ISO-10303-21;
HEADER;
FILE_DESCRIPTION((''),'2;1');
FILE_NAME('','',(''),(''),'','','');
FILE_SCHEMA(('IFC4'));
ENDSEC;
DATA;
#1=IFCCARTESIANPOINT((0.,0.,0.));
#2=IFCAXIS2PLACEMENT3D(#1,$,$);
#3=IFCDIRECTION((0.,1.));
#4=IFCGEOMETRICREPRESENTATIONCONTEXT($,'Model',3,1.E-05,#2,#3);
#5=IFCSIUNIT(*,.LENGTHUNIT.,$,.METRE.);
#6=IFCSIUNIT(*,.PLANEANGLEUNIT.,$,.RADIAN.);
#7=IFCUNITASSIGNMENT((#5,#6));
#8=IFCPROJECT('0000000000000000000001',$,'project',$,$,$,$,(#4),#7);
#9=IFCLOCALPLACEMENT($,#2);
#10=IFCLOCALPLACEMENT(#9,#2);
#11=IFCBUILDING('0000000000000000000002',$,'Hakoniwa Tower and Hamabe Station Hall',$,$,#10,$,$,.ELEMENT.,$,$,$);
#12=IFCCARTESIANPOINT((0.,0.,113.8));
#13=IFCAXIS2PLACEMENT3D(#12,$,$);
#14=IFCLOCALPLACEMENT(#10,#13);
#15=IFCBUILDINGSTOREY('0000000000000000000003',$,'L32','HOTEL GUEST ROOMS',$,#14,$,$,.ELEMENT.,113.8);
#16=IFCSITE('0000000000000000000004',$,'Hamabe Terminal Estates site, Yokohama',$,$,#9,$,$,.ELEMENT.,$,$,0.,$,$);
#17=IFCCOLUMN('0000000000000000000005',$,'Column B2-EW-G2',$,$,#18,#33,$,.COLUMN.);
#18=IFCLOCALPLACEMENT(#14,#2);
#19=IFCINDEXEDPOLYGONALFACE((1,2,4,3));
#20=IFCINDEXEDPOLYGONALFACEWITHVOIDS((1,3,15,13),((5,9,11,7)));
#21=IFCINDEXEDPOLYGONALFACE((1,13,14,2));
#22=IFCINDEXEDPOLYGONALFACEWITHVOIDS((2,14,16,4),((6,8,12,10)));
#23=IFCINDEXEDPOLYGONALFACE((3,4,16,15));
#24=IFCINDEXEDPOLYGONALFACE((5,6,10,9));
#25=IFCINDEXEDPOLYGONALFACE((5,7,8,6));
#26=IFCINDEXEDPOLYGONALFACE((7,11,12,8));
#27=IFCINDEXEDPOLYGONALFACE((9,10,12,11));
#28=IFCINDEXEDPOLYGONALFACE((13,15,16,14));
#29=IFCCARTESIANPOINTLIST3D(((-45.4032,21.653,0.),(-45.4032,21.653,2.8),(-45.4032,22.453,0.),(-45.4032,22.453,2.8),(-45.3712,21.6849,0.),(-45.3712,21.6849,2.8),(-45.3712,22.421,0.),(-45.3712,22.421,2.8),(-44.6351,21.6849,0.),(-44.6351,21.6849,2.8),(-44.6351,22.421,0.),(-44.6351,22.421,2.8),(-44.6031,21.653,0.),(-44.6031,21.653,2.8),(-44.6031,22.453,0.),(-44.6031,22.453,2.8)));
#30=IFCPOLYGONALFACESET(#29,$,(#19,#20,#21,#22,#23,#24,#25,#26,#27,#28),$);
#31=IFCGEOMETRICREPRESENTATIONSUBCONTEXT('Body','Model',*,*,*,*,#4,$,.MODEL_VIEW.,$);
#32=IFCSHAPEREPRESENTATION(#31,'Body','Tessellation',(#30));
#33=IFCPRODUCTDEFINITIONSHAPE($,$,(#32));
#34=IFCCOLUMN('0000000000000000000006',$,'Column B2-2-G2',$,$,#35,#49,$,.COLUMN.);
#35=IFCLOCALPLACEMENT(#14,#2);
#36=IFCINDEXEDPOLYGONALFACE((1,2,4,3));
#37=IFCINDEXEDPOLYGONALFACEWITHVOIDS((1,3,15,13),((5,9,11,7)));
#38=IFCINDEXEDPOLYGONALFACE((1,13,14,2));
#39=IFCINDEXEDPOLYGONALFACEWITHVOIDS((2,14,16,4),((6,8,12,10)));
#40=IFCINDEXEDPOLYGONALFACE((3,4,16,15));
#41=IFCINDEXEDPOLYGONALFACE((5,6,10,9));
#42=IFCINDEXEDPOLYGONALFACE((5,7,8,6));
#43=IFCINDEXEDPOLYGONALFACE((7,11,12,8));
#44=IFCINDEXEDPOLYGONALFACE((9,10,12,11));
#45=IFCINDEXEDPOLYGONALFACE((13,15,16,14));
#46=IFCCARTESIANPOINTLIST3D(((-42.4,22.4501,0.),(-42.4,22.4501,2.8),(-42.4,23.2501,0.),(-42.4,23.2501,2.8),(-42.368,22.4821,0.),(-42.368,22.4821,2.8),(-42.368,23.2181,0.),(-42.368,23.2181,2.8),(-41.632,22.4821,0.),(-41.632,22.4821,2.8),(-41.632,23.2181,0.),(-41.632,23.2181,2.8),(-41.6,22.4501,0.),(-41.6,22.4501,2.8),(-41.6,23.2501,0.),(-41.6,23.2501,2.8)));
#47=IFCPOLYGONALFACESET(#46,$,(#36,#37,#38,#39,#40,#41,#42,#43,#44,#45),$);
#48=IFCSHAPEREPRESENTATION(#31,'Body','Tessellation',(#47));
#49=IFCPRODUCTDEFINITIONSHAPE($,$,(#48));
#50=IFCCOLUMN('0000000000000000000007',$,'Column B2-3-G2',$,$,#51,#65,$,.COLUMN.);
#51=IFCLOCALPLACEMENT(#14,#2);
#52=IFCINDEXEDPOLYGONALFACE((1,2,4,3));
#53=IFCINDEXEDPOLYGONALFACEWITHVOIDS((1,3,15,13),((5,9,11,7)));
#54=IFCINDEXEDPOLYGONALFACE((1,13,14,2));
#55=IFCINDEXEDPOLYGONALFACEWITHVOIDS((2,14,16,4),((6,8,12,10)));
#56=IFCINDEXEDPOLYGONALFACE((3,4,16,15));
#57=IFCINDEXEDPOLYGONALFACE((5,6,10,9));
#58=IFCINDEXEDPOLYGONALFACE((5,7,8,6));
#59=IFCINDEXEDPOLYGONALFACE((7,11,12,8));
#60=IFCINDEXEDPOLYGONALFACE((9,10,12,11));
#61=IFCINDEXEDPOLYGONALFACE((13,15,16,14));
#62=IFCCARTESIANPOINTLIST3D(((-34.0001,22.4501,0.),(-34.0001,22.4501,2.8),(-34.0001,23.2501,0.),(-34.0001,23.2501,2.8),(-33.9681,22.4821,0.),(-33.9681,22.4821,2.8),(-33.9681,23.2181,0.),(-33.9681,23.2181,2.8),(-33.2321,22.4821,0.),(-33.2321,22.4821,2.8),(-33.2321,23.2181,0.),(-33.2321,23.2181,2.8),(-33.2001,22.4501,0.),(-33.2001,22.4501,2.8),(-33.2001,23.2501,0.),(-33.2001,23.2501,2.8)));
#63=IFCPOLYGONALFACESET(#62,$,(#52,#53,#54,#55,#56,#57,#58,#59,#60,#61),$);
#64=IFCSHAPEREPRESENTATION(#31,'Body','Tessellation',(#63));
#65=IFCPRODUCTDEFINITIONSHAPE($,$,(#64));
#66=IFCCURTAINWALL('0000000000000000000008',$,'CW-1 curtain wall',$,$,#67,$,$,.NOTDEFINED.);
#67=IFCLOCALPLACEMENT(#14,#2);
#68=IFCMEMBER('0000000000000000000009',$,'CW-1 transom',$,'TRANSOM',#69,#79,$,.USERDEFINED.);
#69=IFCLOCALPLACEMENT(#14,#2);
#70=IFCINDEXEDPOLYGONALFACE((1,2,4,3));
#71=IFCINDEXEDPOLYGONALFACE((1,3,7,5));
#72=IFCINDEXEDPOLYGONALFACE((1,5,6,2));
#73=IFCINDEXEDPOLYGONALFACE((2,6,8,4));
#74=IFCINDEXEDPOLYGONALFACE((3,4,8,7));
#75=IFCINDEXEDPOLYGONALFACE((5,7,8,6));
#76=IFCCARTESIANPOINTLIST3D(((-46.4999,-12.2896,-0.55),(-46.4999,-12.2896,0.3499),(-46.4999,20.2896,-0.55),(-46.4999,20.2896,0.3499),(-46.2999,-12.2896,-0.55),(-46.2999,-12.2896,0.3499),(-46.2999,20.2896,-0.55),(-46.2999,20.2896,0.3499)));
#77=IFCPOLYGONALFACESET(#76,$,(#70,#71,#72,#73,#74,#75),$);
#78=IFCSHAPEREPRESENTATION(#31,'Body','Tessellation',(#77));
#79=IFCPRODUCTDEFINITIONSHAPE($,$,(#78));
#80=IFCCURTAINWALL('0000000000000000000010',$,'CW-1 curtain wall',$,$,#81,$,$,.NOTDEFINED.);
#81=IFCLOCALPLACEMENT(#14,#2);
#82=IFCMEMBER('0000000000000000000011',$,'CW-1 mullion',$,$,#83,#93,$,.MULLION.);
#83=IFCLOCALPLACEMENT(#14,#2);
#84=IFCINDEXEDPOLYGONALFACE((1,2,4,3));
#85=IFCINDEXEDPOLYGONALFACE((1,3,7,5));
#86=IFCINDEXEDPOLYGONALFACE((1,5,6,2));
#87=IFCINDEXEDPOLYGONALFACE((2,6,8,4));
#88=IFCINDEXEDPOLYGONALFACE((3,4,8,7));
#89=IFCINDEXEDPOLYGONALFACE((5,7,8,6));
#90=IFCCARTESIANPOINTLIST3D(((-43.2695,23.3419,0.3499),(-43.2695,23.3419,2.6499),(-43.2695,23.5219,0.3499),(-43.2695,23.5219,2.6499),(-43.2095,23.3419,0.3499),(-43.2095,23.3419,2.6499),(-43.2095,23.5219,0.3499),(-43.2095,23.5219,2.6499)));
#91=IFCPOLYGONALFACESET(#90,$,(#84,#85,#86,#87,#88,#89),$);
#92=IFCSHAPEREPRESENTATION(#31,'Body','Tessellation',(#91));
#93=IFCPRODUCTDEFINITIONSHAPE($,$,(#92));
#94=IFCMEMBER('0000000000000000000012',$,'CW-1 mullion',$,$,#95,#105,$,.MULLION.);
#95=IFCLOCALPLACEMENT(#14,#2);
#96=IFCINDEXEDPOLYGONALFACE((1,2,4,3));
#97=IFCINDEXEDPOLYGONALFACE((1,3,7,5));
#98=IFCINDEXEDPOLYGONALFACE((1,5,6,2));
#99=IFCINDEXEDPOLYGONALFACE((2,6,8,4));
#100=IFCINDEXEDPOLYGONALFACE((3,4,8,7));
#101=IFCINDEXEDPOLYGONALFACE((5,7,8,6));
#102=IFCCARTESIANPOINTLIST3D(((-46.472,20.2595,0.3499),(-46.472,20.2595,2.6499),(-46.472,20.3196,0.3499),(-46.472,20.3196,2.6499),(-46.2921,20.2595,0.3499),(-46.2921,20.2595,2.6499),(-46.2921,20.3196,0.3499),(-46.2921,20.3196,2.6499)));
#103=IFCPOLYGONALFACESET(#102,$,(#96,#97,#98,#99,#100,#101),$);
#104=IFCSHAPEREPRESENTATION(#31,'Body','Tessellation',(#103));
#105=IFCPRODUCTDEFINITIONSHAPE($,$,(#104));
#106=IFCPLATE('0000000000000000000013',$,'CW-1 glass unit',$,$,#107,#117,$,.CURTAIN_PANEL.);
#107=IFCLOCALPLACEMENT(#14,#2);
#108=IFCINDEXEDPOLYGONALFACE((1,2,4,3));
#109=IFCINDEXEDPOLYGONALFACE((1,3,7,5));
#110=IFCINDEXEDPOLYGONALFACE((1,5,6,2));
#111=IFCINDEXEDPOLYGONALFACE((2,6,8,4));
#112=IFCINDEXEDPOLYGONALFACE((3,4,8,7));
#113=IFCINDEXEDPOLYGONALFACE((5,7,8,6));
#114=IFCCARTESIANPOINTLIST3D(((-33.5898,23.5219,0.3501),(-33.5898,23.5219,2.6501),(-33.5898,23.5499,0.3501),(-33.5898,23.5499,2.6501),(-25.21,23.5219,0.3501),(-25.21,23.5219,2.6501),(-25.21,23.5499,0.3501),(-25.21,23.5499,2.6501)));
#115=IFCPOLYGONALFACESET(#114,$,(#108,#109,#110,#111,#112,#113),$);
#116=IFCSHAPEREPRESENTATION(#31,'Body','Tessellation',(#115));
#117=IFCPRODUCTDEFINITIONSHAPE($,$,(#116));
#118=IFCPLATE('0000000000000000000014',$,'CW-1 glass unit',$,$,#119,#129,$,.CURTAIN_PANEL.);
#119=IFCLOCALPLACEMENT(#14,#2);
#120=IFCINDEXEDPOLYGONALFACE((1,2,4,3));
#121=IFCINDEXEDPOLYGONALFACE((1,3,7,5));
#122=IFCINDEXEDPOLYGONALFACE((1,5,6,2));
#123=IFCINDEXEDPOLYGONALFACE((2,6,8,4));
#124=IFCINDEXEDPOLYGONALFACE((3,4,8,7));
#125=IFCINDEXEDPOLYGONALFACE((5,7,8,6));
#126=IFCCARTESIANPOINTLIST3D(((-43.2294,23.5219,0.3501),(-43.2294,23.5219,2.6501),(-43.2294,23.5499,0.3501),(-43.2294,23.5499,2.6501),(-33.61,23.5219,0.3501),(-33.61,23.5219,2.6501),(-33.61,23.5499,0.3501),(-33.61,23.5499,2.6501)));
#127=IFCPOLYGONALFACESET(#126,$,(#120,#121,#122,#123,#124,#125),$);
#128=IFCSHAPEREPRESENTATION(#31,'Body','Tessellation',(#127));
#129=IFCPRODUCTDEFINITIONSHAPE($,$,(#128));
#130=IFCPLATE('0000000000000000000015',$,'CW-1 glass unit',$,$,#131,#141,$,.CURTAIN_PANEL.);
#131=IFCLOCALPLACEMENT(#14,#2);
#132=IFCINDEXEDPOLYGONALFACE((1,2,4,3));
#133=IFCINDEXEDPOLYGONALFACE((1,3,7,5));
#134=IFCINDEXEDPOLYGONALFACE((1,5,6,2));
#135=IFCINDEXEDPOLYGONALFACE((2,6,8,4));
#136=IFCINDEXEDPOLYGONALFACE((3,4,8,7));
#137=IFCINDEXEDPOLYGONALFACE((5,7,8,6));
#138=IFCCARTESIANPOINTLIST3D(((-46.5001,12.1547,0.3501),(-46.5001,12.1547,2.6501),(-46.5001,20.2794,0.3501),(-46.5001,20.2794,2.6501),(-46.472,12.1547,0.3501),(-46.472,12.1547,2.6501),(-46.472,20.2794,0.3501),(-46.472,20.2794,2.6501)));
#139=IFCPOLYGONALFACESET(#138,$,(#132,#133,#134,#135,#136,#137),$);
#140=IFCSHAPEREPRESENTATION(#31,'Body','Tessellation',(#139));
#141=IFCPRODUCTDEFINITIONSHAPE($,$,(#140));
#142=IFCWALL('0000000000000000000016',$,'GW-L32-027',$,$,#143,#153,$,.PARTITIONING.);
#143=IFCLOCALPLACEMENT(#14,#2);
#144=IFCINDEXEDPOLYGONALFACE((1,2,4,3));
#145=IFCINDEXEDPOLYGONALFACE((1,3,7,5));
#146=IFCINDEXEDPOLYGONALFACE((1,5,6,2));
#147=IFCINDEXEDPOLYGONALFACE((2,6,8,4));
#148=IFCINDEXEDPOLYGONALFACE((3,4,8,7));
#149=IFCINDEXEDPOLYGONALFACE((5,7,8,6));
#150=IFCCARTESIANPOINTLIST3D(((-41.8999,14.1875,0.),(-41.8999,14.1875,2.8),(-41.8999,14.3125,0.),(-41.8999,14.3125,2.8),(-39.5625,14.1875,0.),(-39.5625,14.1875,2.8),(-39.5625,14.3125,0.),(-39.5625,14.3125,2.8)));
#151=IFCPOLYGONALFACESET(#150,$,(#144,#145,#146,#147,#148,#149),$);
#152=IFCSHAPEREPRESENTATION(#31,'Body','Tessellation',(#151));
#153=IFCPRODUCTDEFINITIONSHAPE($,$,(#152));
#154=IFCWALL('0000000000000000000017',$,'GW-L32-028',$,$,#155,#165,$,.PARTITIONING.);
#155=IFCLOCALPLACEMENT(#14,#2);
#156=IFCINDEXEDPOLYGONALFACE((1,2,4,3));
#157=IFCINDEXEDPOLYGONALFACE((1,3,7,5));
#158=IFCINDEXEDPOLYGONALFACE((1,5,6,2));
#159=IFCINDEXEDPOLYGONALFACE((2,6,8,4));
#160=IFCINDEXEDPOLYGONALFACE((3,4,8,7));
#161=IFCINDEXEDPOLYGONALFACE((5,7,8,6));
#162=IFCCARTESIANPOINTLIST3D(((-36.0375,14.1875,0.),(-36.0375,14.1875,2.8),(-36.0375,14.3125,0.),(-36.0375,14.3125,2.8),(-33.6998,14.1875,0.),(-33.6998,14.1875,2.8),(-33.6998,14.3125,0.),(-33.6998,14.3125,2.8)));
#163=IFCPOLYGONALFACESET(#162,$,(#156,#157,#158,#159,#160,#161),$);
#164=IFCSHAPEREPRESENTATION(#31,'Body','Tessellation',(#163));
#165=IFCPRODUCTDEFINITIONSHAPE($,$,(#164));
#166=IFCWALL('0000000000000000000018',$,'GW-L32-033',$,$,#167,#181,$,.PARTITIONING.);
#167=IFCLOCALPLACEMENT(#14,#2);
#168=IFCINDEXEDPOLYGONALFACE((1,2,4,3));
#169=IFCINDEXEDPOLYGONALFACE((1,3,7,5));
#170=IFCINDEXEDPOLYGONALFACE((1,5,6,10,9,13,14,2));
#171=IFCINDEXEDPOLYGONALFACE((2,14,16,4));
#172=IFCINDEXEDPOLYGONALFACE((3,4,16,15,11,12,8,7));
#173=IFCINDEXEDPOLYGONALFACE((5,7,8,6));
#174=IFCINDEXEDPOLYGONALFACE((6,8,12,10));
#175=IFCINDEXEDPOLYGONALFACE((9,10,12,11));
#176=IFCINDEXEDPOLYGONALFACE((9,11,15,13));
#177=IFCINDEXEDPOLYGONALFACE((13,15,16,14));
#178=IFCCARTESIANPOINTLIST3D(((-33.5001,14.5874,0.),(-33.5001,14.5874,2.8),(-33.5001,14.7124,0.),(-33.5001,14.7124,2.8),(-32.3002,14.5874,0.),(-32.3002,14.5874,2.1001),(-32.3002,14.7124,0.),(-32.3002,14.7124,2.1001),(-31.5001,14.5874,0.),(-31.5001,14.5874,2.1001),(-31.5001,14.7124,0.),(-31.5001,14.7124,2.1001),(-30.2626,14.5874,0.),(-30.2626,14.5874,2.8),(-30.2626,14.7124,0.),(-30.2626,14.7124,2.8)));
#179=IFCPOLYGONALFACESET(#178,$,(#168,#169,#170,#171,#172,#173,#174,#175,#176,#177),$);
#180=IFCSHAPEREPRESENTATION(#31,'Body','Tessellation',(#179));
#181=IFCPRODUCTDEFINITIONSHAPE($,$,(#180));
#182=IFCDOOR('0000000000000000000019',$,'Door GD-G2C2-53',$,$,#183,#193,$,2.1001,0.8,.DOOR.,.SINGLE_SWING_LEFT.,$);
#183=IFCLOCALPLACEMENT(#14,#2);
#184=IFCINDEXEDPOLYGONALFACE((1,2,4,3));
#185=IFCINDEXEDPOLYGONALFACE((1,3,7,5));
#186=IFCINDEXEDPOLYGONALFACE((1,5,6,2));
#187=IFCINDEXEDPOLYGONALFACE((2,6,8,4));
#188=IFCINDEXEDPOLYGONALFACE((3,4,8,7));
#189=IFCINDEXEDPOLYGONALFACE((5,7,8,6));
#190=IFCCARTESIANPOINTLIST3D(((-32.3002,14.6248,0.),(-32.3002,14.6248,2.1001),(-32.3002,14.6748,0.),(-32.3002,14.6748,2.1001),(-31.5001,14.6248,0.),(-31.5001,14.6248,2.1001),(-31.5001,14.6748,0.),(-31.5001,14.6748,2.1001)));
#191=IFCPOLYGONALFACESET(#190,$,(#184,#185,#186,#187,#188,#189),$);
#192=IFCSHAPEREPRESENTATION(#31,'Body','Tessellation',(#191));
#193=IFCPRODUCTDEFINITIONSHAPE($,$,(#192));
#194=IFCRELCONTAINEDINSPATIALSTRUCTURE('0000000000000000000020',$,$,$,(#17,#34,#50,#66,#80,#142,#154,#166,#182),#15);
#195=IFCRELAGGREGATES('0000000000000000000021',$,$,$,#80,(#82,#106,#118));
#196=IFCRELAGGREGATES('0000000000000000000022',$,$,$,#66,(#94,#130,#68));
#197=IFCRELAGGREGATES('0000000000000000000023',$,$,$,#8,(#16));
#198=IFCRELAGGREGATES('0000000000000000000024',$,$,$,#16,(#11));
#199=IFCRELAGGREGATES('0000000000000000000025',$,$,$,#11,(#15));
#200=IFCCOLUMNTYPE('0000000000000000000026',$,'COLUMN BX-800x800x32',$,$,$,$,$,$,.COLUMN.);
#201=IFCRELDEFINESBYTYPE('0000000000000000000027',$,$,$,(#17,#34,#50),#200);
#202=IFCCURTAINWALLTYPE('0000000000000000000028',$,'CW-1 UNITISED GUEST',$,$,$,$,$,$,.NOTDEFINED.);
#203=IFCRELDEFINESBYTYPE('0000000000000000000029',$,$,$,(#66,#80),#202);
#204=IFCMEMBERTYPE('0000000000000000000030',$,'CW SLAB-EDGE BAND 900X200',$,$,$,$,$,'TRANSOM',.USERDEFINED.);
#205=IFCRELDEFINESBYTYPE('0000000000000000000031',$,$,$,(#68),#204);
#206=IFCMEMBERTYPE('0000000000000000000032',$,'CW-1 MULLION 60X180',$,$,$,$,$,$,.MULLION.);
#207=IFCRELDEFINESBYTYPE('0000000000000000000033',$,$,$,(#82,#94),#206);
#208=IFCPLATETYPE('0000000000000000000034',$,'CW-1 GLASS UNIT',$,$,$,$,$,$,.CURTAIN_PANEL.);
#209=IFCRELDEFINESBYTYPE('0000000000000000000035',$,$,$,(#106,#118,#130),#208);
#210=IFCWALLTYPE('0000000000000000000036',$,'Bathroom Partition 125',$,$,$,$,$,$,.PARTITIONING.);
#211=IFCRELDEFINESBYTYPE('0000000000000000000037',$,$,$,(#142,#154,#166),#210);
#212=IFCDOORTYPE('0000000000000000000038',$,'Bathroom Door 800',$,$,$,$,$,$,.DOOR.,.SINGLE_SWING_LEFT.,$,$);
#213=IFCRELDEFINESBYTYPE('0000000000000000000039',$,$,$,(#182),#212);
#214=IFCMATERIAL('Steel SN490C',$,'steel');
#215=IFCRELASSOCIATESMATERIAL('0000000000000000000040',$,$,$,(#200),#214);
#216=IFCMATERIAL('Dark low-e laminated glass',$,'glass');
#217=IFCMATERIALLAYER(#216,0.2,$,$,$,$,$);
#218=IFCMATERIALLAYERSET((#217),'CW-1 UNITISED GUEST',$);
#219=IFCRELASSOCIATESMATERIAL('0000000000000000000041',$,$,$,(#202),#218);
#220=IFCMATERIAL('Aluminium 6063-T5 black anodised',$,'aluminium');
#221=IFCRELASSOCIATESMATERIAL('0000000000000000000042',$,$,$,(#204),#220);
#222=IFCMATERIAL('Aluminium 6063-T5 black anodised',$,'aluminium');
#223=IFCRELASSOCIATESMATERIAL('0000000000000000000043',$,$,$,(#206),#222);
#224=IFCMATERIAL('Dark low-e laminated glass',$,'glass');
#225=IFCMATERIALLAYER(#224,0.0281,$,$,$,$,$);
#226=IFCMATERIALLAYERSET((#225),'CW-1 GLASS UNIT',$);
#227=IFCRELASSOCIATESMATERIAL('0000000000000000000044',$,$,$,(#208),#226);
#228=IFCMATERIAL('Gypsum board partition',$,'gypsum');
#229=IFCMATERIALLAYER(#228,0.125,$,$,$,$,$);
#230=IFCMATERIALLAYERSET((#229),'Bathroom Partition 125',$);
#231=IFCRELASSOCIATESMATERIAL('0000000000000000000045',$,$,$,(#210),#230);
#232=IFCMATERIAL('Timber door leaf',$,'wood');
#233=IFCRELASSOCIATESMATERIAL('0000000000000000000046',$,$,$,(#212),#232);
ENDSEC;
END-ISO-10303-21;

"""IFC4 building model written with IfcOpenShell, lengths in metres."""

from ifc_helpers import new_model, si_unit, direction, frame, frame_2d, origin, origin_2d, place, context, subcontext, project, spatial, rectangle, hollow_rectangle, extrude, material, layer, layer_set, material_profile, profile_set, type_object, element, fill, aggregate, save


model = new_model("IFC4")

# Units and contexts
model_context = context("Model", 3, precision=1e-05, world=origin(), true_north=direction((0.0, 1.0)))
body_context = subcontext(model_context, "Body", "Model", "MODEL_VIEW")
ifc_project = project(units=[si_unit("LENGTHUNIT", "METRE"), si_unit("PLANEANGLEUNIT", "RADIAN")], contexts=[model_context])

# Site, building, storey
site_placement = place(None, origin())
site = spatial("IfcSite", under=ifc_project, at=site_placement, Name="Hamabe Terminal Estates site, Yokohama", CompositionType="ELEMENT", RefElevation=0.0)
building_placement = place(site_placement, origin())
building = spatial("IfcBuilding", under=site, at=building_placement, Name="Hakoniwa Tower and Hamabe Station Hall", CompositionType="ELEMENT")
storey_placement = place(building_placement, frame((0.0, 0.0, 113.8)))
storey = spatial("IfcBuildingStorey", under=building, at=storey_placement, Name="L32", Description="HOTEL GUEST ROOMS", CompositionType="ELEMENT", Elevation=113.8)

# Columns
ifc_material_1 = material(Name="Steel SN490C", Category="steel")
ifc_material_profile_1 = material_profile(ifc_material_1, hollow_rectangle(XDim=0.8, YDim=0.8, WallThickness=0.032, at=origin_2d()), Name="BX-800x800x32")
ifc_profile_set_1 = profile_set([ifc_material_profile_1], Name="Steel SN490C")
column_type = type_object("IfcColumnType", Name="COLUMN BX-800x800x32", PredefinedType="COLUMN", material=ifc_profile_set_1)
for number, where, z_axis, x_axis, name in (
    (1, (-45.0032, 22.053, 0.0), (0.0, 0.0, 1.0), (1.0, 0.0, 0.0), "Column B2-EW-G2"),
    (2, (-42.0, 22.8501, 0.0), (0.0, 0.0, 1.0), (1.0, 0.0, 0.0), "Column B2-2-G2"),
    (3, (-33.6001, 22.8501, 0.0), (0.0, 0.0, 1.0), (1.0, 0.0, 0.0), "Column B2-3-G2"),
):
    element("IfcColumn", number, at=place(storey_placement, frame(where, z_axis=z_axis, x_axis=x_axis)), inside=storey, type_object=column_type, Name=name, PredefinedType="COLUMN", context=body_context, shape_type="SweptSolid", body=[
        extrude(hollow_rectangle(XDim=0.8, YDim=0.8, WallThickness=0.032, at=origin_2d()), origin(), (0.0, 0.0, 1.0), 2.8),
    ])

# Curtain walls, members
ifc_material_2 = material(Name="Dark low-e laminated glass", Category="glass")
ifc_layer_1 = layer(ifc_material_2, 0.2)
ifc_layer_set_1 = layer_set([ifc_layer_1], Name="CW-1 UNITISED GUEST")
curtain_wall_type = type_object("IfcCurtainWallType", Name="CW-1 UNITISED GUEST", PredefinedType="NOTDEFINED", material=ifc_layer_set_1)
curtain_wall_1_placement = place(storey_placement, origin())
curtain_wall_1 = element("IfcCurtainWall", 4, at=curtain_wall_1_placement, inside=storey, type_object=curtain_wall_type, Name="CW-1 curtain wall", PredefinedType="NOTDEFINED")
ifc_material_3 = material(Name="Aluminium 6063-T5 black anodised", Category="aluminium")
ifc_material_profile_2 = material_profile(ifc_material_3, rectangle(XDim=0.2, YDim=0.8999, at=origin_2d()), Name="CW SLAB-EDGE BAND 900X200")
ifc_profile_set_2 = profile_set([ifc_material_profile_2], Name="Aluminium 6063-T5 black anodised")
member_type_1 = type_object("IfcMemberType", Name="CW SLAB-EDGE BAND 900X200", ElementType="TRANSOM", PredefinedType="USERDEFINED", material=ifc_profile_set_2)
member_1_placement = place(storey_placement, frame((-46.3999, 20.2896, -0.1001), z_axis=(0.0, -1.0, 0.0), x_axis=(1.0, 0.0, 0.0)))
member_1 = element("IfcMember", 5, at=member_1_placement, type_object=member_type_1, Name="CW-1 transom", ObjectType="TRANSOM", PredefinedType="USERDEFINED", context=body_context, shape_type="SweptSolid", body=[
    extrude(rectangle(XDim=0.2, YDim=0.8999, at=origin_2d()), origin(), (0.0, 0.0, 1.0), 32.5791),
])
curtain_wall_2_placement = place(storey_placement, origin())
curtain_wall_2 = element("IfcCurtainWall", 6, at=curtain_wall_2_placement, inside=storey, type_object=curtain_wall_type, Name="CW-1 curtain wall", PredefinedType="NOTDEFINED")
ifc_material_4 = material(Name="Aluminium 6063-T5 black anodised", Category="aluminium")
ifc_material_profile_3 = material_profile(ifc_material_4, rectangle(XDim=0.0601, YDim=0.1799, at=origin_2d()), Name="CW-1 MULLION 60X180")
ifc_profile_set_3 = profile_set([ifc_material_profile_3], Name="Aluminium 6063-T5 black anodised")
member_type_2 = type_object("IfcMemberType", Name="CW-1 MULLION 60X180", PredefinedType="MULLION", material=ifc_profile_set_3)
member_2_placement = place(storey_placement, frame((-43.2395, 23.4319, 0.3499), z_axis=(0.0, 0.0, 1.0), x_axis=(-1.0, 0.0, 0.0)))
member_2 = element("IfcMember", 7, at=member_2_placement, type_object=member_type_2, Name="CW-1 mullion", PredefinedType="MULLION", context=body_context, shape_type="SweptSolid", body=[
    extrude(rectangle(XDim=0.0601, YDim=0.1799, at=origin_2d()), origin(), (0.0, 0.0, 1.0), 2.3),
])

# Member
member_3_placement = place(storey_placement, frame((-46.3821, 20.2896, 0.3499), z_axis=(0.0, 0.0, 1.0), x_axis=(0.0, -1.0, 0.0)))
member_3 = element("IfcMember", 8, at=member_3_placement, type_object=member_type_2, Name="CW-1 mullion", PredefinedType="MULLION", context=body_context, shape_type="SweptSolid", body=[
    extrude(rectangle(XDim=0.0601, YDim=0.1799, at=origin_2d()), origin(), (0.0, 0.0, 1.0), 2.3),
])

# Plates
ifc_material_5 = material(Name="Dark low-e laminated glass", Category="glass")
ifc_layer_2 = layer(ifc_material_5, 0.0281)
ifc_layer_set_2 = layer_set([ifc_layer_2], Name="CW-1 GLASS UNIT")
plate_type = type_object("IfcPlateType", Name="CW-1 GLASS UNIT", PredefinedType="CURTAIN_PANEL", material=ifc_layer_set_2)
plate_1_placement = place(storey_placement, frame((-29.3999, 23.5359, 0.3501), z_axis=(0.0, 0.0, 1.0), x_axis=(-1.0, 0.0, 0.0)))
plate_1 = element("IfcPlate", 9, at=plate_1_placement, type_object=plate_type, Name="CW-1 glass unit", PredefinedType="CURTAIN_PANEL", context=body_context, shape_type="SweptSolid", body=[
    extrude(rectangle(XDim=8.3799, YDim=0.0281, at=origin_2d()), origin(), (0.0, 0.0, 1.0), 2.3),
])
plate_2_placement = place(storey_placement, frame((-38.4197, 23.5359, 0.3501), z_axis=(0.0, 0.0, 1.0), x_axis=(-1.0, 0.0, 0.0)))
plate_2 = element("IfcPlate", 10, at=plate_2_placement, type_object=plate_type, Name="CW-1 glass unit", PredefinedType="CURTAIN_PANEL", context=body_context, shape_type="SweptSolid", body=[
    extrude(rectangle(XDim=9.6194, YDim=0.0281, at=origin_2d()), origin(), (0.0, 0.0, 1.0), 2.3),
])
aggregate(curtain_wall_2, [member_2, plate_1, plate_2])
plate_3_placement = place(storey_placement, frame((-46.4861, 16.217, 0.3501), z_axis=(0.0, 0.0, 1.0), x_axis=(0.0, -1.0, 0.0)))
plate_3 = element("IfcPlate", 11, at=plate_3_placement, type_object=plate_type, Name="CW-1 glass unit", PredefinedType="CURTAIN_PANEL", context=body_context, shape_type="SweptSolid", body=[
    extrude(rectangle(XDim=8.1248, YDim=0.0281, at=origin_2d()), origin(), (0.0, 0.0, 1.0), 2.3),
])
aggregate(curtain_wall_1, [member_3, plate_3, member_1])

# Walls
ifc_material_6 = material(Name="Gypsum board partition", Category="gypsum")
ifc_layer_3 = layer(ifc_material_6, 0.125)
ifc_layer_set_3 = layer_set([ifc_layer_3], Name="Bathroom Partition 125")
wall_type_1 = type_object("IfcWallType", Name="Bathroom Partition 125", PredefinedType="PARTITIONING", material=ifc_layer_set_3)
wall_1_placement = place(storey_placement, frame((-41.8999, 14.25, 0.0), z_axis=(0.0, 0.0, 1.0), x_axis=(1.0, 0.0, 0.0)))
element("IfcWall", 12, at=wall_1_placement, inside=storey, type_object=wall_type_1, Name="GW-L32-027", PredefinedType="PARTITIONING", context=body_context, shape_type="SweptSolid", body=[
    extrude(rectangle(XDim=2.3374, YDim=0.125, at=frame_2d((1.1687, 0.0))), origin(), (0.0, 0.0, 1.0), 2.8),
])
wall_2_placement = place(storey_placement, frame((-36.0376, 14.25, 0.0), z_axis=(0.0, 0.0, 1.0), x_axis=(1.0, 0.0, 0.0)))
element("IfcWall", 13, at=wall_2_placement, inside=storey, type_object=wall_type_1, Name="GW-L32-028", PredefinedType="PARTITIONING", context=body_context, shape_type="SweptSolid", body=[
    extrude(rectangle(XDim=2.3376, YDim=0.125, at=frame_2d((1.1689, 0.0))), origin(), (0.0, 0.0, 1.0), 2.8),
])

# Wall, opening, door
wall_3_placement = place(storey_placement, frame((-33.5, 14.6499, 0.0), z_axis=(0.0, 0.0, 1.0), x_axis=(1.0, 0.0, 0.0)))
wall_3 = element("IfcWall", 14, at=wall_3_placement, inside=storey, type_object=wall_type_1, Name="GW-L32-033", PredefinedType="PARTITIONING", context=body_context, shape_type="SweptSolid", body=[
    extrude(rectangle(XDim=3.2375, YDim=0.125, at=frame_2d((1.6187, 0.0))), origin(), (0.0, 0.0, 1.0), 2.8),
])
opening_1_placement = place(wall_3_placement, frame((1.2, 0.0, 0.0)))
opening_1 = element("IfcOpeningElement", 15, at=opening_1_placement, cuts=wall_3, PredefinedType="OPENING", context=body_context, shape_type="SweptSolid", body=[
    extrude(rectangle(XDim=0.8, YDim=2.1001, at=frame_2d((0.3999, 1.05))), frame((0.0, 0.0725, 0.0), z_axis=(0.0, -1.0, 0.0), x_axis=(1.0, 0.0, 0.0)), (0.0, 0.0, 1.0), 0.145),
])
ifc_material_7 = material(Name="Timber door leaf", Category="wood")
door_type = type_object("IfcDoorType", Name="Bathroom Door 800", OperationType="SINGLE_SWING_LEFT", PredefinedType="DOOR", material=ifc_material_7)
door_1_placement = place(opening_1_placement, origin())
door_1 = element("IfcDoor", 16, at=door_1_placement, inside=storey, type_object=door_type, Name="Door GD-G2C2-53", OperationType="SINGLE_SWING_LEFT", OverallHeight=2.1001, OverallWidth=0.8, PredefinedType="DOOR", context=body_context, shape_type="SweptSolid", body=[
    extrude(rectangle(XDim=0.8, YDim=2.1001, at=frame_2d((0.3999, 1.05))), frame((0.0, 0.0249, 0.0), z_axis=(0.0, -1.0, 0.0), x_axis=(1.0, 0.0, 0.0)), (0.0, 0.0, 1.0), 0.05),
])
fill(opening_1, door_1)

save(model, "model.ifc")
